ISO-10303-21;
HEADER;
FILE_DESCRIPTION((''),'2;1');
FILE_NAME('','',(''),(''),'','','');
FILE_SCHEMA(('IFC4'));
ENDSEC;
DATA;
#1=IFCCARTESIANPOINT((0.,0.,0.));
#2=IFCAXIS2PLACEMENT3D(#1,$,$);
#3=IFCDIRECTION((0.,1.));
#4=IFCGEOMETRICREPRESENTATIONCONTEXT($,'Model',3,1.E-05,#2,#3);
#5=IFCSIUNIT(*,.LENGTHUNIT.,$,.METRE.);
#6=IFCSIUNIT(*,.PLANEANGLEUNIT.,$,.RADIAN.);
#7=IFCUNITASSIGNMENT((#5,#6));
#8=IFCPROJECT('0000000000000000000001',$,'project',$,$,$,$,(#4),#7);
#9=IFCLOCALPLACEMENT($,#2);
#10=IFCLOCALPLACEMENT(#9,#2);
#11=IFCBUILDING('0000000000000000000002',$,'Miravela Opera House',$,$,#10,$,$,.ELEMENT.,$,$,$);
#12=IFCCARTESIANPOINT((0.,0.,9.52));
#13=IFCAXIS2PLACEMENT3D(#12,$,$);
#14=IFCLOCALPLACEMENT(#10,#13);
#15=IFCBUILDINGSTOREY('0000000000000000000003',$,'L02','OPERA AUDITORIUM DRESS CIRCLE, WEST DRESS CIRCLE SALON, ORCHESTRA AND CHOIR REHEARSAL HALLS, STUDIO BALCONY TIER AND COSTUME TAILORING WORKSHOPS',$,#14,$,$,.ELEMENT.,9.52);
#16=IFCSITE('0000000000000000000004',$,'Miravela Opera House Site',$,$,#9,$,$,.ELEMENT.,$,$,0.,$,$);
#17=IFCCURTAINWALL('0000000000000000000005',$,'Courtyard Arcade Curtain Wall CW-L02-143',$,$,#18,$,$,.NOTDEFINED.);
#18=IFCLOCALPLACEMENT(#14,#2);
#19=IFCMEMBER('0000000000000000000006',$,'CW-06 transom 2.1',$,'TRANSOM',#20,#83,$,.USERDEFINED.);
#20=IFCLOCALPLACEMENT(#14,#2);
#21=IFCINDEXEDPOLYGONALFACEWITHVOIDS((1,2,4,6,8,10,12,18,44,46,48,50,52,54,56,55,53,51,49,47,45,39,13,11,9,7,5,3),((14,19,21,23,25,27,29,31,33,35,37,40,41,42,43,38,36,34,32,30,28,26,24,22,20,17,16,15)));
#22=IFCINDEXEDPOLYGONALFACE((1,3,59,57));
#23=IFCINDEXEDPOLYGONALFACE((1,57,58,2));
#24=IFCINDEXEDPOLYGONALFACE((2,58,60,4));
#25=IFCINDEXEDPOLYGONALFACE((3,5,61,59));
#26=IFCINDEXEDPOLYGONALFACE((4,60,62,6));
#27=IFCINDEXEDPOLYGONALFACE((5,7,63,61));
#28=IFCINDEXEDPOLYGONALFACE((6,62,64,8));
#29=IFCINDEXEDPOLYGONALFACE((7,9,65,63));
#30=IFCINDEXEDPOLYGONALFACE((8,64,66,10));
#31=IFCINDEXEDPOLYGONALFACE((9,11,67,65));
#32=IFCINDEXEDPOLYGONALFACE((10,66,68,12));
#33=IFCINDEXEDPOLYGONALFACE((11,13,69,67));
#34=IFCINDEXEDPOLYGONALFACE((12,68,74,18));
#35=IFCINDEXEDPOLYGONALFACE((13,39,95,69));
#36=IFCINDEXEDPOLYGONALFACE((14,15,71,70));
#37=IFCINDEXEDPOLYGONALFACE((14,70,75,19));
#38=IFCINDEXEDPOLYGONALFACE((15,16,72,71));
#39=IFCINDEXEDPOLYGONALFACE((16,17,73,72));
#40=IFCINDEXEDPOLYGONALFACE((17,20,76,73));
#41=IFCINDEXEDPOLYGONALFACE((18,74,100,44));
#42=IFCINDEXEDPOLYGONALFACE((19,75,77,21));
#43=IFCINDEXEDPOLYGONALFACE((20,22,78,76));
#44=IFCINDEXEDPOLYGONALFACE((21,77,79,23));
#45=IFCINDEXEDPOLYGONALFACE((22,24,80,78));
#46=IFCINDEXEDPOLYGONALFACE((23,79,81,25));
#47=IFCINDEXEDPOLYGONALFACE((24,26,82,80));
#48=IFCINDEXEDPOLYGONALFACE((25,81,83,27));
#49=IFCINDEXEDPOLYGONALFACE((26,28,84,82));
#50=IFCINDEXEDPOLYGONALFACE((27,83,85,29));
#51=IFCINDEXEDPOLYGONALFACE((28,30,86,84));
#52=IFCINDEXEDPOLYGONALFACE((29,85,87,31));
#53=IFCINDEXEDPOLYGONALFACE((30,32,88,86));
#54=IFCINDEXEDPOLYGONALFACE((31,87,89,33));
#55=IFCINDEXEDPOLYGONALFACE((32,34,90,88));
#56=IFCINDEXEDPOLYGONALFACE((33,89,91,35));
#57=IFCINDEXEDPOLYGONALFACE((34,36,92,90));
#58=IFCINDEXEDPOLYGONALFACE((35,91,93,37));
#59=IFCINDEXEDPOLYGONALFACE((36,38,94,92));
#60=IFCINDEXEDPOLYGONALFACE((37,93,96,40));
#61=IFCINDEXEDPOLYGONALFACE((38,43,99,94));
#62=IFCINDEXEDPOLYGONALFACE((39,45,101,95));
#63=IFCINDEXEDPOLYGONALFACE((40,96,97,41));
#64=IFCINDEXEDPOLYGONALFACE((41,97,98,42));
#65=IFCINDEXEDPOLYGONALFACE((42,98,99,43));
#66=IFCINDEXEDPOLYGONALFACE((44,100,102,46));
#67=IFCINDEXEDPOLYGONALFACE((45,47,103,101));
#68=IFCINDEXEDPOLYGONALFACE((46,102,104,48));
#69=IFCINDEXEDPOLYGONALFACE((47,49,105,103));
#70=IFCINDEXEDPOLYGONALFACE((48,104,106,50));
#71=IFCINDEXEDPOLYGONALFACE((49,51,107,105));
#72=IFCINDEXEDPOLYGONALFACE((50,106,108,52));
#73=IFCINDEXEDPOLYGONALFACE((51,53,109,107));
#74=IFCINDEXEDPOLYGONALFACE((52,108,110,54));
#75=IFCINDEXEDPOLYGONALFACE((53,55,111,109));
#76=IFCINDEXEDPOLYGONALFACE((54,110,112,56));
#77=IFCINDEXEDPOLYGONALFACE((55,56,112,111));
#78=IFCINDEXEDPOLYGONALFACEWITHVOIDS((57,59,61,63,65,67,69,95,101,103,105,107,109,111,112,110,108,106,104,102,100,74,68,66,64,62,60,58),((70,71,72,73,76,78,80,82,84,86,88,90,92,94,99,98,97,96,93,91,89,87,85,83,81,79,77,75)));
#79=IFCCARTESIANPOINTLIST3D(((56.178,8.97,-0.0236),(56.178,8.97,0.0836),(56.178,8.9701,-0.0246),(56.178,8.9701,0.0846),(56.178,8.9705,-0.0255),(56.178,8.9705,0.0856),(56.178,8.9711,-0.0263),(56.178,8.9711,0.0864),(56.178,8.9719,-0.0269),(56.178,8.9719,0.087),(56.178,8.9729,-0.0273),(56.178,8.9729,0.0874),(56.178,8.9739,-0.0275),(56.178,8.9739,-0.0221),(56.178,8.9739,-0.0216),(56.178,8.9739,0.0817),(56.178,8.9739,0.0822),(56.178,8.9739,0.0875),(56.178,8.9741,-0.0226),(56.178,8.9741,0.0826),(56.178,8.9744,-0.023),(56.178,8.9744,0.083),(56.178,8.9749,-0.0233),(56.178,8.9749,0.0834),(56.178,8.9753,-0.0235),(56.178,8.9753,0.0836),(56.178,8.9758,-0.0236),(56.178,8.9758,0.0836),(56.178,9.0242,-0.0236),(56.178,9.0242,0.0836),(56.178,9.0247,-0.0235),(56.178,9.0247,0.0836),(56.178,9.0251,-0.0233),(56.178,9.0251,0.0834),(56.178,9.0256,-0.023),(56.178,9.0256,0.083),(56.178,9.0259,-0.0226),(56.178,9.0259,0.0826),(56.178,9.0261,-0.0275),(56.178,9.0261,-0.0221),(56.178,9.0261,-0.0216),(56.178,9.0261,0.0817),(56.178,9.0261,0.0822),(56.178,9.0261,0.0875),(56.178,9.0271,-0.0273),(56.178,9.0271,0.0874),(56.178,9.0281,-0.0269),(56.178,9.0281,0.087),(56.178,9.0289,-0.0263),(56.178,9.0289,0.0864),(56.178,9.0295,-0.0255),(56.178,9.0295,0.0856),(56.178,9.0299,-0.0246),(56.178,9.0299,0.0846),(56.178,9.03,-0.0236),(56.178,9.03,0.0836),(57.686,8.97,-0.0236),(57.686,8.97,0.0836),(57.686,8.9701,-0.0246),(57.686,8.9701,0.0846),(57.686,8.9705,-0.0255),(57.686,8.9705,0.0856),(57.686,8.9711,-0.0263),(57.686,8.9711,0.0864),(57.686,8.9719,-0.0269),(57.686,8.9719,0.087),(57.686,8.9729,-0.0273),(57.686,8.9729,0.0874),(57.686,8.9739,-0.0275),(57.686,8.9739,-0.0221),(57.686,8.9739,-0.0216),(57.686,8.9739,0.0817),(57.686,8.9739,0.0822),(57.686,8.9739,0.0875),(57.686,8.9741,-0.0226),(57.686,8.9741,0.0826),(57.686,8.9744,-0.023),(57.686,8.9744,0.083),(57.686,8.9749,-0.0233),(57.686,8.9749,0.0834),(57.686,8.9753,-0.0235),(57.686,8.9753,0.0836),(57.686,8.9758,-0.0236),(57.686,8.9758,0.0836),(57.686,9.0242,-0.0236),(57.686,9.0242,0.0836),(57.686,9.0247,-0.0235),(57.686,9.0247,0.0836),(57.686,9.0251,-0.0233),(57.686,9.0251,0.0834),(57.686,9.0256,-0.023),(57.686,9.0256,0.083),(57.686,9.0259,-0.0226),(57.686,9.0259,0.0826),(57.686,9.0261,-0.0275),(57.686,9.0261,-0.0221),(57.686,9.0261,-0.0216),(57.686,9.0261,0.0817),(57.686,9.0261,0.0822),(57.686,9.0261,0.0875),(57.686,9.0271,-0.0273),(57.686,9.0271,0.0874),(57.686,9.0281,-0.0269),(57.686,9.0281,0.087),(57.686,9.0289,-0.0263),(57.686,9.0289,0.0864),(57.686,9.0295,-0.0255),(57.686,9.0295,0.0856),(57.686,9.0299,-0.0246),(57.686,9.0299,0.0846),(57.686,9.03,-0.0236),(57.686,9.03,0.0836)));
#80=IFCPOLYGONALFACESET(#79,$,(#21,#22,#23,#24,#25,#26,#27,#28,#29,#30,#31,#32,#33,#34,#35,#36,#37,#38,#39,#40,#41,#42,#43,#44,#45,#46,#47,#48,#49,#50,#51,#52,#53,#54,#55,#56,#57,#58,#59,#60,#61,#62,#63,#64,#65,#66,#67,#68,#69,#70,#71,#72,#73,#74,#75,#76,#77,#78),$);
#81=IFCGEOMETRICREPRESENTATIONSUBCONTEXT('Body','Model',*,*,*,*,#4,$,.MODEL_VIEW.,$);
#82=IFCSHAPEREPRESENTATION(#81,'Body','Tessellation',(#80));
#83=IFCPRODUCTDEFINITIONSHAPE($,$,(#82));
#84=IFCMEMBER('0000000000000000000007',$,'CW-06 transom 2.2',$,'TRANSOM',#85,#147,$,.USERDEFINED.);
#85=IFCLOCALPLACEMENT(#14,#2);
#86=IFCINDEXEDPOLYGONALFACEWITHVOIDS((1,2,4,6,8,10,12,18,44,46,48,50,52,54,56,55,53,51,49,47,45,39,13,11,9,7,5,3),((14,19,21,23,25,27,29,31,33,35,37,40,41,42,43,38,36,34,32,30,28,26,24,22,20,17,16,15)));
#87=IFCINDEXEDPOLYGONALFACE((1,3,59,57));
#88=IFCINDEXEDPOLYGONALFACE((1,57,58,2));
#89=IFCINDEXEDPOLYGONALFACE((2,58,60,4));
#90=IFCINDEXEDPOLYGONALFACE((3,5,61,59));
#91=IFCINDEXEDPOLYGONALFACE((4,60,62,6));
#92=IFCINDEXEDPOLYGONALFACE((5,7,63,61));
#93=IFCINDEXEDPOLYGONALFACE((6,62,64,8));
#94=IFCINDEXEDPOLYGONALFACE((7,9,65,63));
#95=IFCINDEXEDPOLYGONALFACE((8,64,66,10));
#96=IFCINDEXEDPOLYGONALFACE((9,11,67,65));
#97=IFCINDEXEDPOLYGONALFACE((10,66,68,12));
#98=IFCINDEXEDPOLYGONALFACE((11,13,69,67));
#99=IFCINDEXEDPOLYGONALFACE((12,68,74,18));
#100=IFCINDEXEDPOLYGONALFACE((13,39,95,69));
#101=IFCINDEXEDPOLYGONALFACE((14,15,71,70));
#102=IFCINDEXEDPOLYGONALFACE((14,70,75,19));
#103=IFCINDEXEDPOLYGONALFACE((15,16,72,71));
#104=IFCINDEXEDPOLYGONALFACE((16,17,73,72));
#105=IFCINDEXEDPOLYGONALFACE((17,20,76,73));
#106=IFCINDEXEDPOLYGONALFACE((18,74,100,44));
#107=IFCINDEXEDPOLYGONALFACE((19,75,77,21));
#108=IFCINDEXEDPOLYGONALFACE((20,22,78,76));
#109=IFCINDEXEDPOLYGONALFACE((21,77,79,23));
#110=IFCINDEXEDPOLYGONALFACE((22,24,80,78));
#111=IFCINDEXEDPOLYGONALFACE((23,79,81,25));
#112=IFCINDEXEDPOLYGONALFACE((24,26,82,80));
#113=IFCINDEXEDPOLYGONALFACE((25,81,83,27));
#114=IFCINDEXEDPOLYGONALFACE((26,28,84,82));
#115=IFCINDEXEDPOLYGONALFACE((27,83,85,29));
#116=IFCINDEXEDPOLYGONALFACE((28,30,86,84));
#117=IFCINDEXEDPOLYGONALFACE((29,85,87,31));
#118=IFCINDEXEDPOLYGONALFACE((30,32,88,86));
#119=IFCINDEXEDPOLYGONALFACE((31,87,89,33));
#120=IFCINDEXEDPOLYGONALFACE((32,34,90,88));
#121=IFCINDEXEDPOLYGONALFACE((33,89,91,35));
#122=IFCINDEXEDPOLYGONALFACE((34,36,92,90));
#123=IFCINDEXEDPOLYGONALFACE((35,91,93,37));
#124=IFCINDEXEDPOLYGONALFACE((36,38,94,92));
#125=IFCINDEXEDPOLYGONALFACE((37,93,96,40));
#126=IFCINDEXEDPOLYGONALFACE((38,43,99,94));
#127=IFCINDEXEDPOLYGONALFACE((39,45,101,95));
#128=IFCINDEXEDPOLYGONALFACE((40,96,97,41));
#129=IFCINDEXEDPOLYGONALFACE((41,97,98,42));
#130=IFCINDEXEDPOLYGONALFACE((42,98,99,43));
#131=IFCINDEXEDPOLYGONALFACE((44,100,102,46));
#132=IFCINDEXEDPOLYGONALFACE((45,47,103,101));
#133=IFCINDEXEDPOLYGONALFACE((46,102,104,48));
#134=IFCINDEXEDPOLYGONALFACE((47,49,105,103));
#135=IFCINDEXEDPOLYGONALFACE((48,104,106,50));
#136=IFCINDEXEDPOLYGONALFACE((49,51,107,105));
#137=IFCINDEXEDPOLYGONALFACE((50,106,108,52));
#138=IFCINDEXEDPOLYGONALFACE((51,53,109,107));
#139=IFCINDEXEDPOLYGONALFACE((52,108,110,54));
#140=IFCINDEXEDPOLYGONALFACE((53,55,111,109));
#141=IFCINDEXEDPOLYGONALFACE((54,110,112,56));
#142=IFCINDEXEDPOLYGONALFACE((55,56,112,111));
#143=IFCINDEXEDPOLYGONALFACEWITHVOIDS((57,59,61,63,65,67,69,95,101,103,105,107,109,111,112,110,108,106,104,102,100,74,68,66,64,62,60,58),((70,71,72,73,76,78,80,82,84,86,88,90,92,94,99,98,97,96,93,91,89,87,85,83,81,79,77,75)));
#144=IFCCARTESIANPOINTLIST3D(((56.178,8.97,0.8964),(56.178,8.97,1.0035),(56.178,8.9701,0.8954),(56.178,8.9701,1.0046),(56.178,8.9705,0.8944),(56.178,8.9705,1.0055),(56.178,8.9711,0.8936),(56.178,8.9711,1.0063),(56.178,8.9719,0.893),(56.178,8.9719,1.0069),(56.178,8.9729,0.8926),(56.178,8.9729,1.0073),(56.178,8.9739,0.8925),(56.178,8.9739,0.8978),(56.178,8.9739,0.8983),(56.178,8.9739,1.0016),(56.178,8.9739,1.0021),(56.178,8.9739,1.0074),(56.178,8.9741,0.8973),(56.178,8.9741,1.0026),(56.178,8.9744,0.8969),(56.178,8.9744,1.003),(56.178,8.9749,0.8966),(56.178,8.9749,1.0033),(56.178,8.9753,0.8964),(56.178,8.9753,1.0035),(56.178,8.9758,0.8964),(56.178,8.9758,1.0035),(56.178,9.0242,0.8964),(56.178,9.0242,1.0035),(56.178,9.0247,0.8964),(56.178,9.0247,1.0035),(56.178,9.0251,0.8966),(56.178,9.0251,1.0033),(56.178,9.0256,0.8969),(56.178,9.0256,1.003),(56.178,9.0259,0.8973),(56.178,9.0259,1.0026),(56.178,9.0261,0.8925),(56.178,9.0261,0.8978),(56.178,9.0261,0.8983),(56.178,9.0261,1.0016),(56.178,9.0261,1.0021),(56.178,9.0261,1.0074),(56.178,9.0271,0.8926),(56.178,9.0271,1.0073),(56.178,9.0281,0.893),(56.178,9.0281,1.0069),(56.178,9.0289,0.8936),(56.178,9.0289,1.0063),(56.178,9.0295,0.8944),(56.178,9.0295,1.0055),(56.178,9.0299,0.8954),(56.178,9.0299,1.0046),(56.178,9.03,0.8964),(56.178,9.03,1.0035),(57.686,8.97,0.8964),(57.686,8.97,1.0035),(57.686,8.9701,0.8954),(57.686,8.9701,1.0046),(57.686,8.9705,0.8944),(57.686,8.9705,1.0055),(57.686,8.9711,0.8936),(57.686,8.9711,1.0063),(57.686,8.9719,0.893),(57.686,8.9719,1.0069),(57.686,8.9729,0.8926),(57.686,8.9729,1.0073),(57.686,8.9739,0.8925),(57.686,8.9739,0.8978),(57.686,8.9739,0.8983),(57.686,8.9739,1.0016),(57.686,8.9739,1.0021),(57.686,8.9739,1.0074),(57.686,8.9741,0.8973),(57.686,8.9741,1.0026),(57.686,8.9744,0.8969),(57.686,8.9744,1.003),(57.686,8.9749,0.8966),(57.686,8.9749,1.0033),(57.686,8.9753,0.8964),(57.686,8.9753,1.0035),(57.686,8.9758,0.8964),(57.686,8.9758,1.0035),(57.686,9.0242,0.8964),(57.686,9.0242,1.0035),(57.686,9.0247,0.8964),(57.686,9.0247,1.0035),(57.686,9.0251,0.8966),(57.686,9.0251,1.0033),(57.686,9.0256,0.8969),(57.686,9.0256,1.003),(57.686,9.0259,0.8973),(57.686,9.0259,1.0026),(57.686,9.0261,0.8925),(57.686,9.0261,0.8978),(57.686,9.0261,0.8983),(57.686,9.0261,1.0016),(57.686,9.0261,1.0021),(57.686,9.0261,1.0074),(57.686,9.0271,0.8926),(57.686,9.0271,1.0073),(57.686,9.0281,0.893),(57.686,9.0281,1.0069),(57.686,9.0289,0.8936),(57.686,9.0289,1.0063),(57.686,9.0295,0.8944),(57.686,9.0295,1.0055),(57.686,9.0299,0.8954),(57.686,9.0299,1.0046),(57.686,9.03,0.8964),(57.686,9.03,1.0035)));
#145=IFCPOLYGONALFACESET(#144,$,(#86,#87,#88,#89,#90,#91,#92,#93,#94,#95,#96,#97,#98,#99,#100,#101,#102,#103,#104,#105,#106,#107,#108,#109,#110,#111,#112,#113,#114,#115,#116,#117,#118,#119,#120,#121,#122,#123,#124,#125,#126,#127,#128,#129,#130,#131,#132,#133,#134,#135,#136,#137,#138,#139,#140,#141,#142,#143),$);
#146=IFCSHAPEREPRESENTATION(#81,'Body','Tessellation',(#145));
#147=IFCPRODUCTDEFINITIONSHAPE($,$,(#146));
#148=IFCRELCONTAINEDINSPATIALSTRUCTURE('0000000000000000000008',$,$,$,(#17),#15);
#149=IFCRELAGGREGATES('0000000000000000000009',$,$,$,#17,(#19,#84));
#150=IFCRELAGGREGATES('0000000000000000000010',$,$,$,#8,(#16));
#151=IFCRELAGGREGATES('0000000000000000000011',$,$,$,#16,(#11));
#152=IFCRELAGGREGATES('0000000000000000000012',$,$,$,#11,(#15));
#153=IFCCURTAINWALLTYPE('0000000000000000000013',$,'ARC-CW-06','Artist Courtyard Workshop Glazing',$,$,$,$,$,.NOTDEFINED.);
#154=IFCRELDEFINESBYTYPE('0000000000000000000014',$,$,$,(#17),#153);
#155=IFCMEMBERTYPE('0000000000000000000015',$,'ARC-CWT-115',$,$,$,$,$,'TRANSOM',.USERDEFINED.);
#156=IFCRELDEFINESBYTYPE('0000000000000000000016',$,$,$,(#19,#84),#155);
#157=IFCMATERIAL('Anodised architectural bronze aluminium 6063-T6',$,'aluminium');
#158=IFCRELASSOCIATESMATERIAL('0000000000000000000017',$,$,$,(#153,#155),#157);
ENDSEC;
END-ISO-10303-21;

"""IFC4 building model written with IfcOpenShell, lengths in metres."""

from ifc_helpers import new_model, si_unit, direction, frame, origin, origin_2d, place, context, subcontext, project, spatial, hollow_rectangle, extrude, material, material_profile, profile_set, type_object, element, aggregate, save


model = new_model("IFC4")

# Units and contexts
model_context = context("Model", 3, precision=1e-05, world=origin(), true_north=direction((0.0, 1.0)))
body_context = subcontext(model_context, "Body", "Model", "MODEL_VIEW")
ifc_project = project(units=[si_unit("LENGTHUNIT", "METRE"), si_unit("PLANEANGLEUNIT", "RADIAN")], contexts=[model_context])

# Site, building, storey
site_placement = place(None, origin())
site = spatial("IfcSite", under=ifc_project, at=site_placement, Name="Miravela Opera House Site", CompositionType="ELEMENT", RefElevation=0.0)
building_placement = place(site_placement, origin())
building = spatial("IfcBuilding", under=site, at=building_placement, Name="Miravela Opera House", CompositionType="ELEMENT")
storey_placement = place(building_placement, frame((0.0, 0.0, 9.52)))
storey = spatial("IfcBuildingStorey", under=building, at=storey_placement, Name="L02", Description="OPERA AUDITORIUM DRESS CIRCLE, WEST DRESS CIRCLE SALON, ORCHESTRA AND CHOIR REHEARSAL HALLS, STUDIO BALCONY TIER AND COSTUME TAILORING WORKSHOPS", CompositionType="ELEMENT", Elevation=9.52)

# Curtain wall, members
ifc_material_1 = material(Name="Anodised architectural bronze aluminium 6063-T6", Category="aluminium")
curtain_wall_type = type_object("IfcCurtainWallType", Name="ARC-CW-06", Description="Artist Courtyard Workshop Glazing", PredefinedType="NOTDEFINED", material=ifc_material_1)
curtain_wall_placement = place(storey_placement, origin())
curtain_wall = element("IfcCurtainWall", 1, at=curtain_wall_placement, inside=storey, type_object=curtain_wall_type, Name="Courtyard Arcade Curtain Wall CW-L02-143", PredefinedType="NOTDEFINED")
ifc_material_profile_1 = material_profile(ifc_material_1, hollow_rectangle(XDim=0.0601, YDim=0.115, WallThickness=0.0039, InnerFilletRadius=0.002, OuterFilletRadius=0.0039, at=origin_2d()), Name="CWT-60X115")
ifc_profile_set_1 = profile_set([ifc_material_profile_1])
member_type_1 = type_object("IfcMemberType", Name="ARC-CWT-115", ElementType="TRANSOM", PredefinedType="USERDEFINED", material=ifc_profile_set_1)
member_1_placement = place(storey_placement, frame((56.178, 9.0, 0.03), z_axis=(1.0, 0.0, 0.0), x_axis=(0.0, 1.0, 0.0)))
member_1 = element("IfcMember", 2, at=member_1_placement, type_object=member_type_1, Name="CW-06 transom 2.1", ObjectType="TRANSOM", PredefinedType="USERDEFINED", context=body_context, shape_type="SweptSolid", body=[
    extrude(hollow_rectangle(XDim=0.0601, YDim=0.115, WallThickness=0.0039, InnerFilletRadius=0.002, OuterFilletRadius=0.0039, at=origin_2d()), origin(), (0.0, 0.0, 1.0), 1.5081),
])
member_2_placement = place(storey_placement, frame((56.178, 9.0, 0.95), z_axis=(1.0, 0.0, 0.0), x_axis=(0.0, 1.0, 0.0)))
member_2 = element("IfcMember", 3, at=member_2_placement, type_object=member_type_1, Name="CW-06 transom 2.2", ObjectType="TRANSOM", PredefinedType="USERDEFINED", context=body_context, shape_type="SweptSolid", body=[
    extrude(hollow_rectangle(XDim=0.0601, YDim=0.115, WallThickness=0.0039, InnerFilletRadius=0.002, OuterFilletRadius=0.0039, at=origin_2d()), origin(), (0.0, 0.0, 1.0), 1.5081),
])

aggregate(curtain_wall, [member_1, member_2])

save(model, "model.ifc")
